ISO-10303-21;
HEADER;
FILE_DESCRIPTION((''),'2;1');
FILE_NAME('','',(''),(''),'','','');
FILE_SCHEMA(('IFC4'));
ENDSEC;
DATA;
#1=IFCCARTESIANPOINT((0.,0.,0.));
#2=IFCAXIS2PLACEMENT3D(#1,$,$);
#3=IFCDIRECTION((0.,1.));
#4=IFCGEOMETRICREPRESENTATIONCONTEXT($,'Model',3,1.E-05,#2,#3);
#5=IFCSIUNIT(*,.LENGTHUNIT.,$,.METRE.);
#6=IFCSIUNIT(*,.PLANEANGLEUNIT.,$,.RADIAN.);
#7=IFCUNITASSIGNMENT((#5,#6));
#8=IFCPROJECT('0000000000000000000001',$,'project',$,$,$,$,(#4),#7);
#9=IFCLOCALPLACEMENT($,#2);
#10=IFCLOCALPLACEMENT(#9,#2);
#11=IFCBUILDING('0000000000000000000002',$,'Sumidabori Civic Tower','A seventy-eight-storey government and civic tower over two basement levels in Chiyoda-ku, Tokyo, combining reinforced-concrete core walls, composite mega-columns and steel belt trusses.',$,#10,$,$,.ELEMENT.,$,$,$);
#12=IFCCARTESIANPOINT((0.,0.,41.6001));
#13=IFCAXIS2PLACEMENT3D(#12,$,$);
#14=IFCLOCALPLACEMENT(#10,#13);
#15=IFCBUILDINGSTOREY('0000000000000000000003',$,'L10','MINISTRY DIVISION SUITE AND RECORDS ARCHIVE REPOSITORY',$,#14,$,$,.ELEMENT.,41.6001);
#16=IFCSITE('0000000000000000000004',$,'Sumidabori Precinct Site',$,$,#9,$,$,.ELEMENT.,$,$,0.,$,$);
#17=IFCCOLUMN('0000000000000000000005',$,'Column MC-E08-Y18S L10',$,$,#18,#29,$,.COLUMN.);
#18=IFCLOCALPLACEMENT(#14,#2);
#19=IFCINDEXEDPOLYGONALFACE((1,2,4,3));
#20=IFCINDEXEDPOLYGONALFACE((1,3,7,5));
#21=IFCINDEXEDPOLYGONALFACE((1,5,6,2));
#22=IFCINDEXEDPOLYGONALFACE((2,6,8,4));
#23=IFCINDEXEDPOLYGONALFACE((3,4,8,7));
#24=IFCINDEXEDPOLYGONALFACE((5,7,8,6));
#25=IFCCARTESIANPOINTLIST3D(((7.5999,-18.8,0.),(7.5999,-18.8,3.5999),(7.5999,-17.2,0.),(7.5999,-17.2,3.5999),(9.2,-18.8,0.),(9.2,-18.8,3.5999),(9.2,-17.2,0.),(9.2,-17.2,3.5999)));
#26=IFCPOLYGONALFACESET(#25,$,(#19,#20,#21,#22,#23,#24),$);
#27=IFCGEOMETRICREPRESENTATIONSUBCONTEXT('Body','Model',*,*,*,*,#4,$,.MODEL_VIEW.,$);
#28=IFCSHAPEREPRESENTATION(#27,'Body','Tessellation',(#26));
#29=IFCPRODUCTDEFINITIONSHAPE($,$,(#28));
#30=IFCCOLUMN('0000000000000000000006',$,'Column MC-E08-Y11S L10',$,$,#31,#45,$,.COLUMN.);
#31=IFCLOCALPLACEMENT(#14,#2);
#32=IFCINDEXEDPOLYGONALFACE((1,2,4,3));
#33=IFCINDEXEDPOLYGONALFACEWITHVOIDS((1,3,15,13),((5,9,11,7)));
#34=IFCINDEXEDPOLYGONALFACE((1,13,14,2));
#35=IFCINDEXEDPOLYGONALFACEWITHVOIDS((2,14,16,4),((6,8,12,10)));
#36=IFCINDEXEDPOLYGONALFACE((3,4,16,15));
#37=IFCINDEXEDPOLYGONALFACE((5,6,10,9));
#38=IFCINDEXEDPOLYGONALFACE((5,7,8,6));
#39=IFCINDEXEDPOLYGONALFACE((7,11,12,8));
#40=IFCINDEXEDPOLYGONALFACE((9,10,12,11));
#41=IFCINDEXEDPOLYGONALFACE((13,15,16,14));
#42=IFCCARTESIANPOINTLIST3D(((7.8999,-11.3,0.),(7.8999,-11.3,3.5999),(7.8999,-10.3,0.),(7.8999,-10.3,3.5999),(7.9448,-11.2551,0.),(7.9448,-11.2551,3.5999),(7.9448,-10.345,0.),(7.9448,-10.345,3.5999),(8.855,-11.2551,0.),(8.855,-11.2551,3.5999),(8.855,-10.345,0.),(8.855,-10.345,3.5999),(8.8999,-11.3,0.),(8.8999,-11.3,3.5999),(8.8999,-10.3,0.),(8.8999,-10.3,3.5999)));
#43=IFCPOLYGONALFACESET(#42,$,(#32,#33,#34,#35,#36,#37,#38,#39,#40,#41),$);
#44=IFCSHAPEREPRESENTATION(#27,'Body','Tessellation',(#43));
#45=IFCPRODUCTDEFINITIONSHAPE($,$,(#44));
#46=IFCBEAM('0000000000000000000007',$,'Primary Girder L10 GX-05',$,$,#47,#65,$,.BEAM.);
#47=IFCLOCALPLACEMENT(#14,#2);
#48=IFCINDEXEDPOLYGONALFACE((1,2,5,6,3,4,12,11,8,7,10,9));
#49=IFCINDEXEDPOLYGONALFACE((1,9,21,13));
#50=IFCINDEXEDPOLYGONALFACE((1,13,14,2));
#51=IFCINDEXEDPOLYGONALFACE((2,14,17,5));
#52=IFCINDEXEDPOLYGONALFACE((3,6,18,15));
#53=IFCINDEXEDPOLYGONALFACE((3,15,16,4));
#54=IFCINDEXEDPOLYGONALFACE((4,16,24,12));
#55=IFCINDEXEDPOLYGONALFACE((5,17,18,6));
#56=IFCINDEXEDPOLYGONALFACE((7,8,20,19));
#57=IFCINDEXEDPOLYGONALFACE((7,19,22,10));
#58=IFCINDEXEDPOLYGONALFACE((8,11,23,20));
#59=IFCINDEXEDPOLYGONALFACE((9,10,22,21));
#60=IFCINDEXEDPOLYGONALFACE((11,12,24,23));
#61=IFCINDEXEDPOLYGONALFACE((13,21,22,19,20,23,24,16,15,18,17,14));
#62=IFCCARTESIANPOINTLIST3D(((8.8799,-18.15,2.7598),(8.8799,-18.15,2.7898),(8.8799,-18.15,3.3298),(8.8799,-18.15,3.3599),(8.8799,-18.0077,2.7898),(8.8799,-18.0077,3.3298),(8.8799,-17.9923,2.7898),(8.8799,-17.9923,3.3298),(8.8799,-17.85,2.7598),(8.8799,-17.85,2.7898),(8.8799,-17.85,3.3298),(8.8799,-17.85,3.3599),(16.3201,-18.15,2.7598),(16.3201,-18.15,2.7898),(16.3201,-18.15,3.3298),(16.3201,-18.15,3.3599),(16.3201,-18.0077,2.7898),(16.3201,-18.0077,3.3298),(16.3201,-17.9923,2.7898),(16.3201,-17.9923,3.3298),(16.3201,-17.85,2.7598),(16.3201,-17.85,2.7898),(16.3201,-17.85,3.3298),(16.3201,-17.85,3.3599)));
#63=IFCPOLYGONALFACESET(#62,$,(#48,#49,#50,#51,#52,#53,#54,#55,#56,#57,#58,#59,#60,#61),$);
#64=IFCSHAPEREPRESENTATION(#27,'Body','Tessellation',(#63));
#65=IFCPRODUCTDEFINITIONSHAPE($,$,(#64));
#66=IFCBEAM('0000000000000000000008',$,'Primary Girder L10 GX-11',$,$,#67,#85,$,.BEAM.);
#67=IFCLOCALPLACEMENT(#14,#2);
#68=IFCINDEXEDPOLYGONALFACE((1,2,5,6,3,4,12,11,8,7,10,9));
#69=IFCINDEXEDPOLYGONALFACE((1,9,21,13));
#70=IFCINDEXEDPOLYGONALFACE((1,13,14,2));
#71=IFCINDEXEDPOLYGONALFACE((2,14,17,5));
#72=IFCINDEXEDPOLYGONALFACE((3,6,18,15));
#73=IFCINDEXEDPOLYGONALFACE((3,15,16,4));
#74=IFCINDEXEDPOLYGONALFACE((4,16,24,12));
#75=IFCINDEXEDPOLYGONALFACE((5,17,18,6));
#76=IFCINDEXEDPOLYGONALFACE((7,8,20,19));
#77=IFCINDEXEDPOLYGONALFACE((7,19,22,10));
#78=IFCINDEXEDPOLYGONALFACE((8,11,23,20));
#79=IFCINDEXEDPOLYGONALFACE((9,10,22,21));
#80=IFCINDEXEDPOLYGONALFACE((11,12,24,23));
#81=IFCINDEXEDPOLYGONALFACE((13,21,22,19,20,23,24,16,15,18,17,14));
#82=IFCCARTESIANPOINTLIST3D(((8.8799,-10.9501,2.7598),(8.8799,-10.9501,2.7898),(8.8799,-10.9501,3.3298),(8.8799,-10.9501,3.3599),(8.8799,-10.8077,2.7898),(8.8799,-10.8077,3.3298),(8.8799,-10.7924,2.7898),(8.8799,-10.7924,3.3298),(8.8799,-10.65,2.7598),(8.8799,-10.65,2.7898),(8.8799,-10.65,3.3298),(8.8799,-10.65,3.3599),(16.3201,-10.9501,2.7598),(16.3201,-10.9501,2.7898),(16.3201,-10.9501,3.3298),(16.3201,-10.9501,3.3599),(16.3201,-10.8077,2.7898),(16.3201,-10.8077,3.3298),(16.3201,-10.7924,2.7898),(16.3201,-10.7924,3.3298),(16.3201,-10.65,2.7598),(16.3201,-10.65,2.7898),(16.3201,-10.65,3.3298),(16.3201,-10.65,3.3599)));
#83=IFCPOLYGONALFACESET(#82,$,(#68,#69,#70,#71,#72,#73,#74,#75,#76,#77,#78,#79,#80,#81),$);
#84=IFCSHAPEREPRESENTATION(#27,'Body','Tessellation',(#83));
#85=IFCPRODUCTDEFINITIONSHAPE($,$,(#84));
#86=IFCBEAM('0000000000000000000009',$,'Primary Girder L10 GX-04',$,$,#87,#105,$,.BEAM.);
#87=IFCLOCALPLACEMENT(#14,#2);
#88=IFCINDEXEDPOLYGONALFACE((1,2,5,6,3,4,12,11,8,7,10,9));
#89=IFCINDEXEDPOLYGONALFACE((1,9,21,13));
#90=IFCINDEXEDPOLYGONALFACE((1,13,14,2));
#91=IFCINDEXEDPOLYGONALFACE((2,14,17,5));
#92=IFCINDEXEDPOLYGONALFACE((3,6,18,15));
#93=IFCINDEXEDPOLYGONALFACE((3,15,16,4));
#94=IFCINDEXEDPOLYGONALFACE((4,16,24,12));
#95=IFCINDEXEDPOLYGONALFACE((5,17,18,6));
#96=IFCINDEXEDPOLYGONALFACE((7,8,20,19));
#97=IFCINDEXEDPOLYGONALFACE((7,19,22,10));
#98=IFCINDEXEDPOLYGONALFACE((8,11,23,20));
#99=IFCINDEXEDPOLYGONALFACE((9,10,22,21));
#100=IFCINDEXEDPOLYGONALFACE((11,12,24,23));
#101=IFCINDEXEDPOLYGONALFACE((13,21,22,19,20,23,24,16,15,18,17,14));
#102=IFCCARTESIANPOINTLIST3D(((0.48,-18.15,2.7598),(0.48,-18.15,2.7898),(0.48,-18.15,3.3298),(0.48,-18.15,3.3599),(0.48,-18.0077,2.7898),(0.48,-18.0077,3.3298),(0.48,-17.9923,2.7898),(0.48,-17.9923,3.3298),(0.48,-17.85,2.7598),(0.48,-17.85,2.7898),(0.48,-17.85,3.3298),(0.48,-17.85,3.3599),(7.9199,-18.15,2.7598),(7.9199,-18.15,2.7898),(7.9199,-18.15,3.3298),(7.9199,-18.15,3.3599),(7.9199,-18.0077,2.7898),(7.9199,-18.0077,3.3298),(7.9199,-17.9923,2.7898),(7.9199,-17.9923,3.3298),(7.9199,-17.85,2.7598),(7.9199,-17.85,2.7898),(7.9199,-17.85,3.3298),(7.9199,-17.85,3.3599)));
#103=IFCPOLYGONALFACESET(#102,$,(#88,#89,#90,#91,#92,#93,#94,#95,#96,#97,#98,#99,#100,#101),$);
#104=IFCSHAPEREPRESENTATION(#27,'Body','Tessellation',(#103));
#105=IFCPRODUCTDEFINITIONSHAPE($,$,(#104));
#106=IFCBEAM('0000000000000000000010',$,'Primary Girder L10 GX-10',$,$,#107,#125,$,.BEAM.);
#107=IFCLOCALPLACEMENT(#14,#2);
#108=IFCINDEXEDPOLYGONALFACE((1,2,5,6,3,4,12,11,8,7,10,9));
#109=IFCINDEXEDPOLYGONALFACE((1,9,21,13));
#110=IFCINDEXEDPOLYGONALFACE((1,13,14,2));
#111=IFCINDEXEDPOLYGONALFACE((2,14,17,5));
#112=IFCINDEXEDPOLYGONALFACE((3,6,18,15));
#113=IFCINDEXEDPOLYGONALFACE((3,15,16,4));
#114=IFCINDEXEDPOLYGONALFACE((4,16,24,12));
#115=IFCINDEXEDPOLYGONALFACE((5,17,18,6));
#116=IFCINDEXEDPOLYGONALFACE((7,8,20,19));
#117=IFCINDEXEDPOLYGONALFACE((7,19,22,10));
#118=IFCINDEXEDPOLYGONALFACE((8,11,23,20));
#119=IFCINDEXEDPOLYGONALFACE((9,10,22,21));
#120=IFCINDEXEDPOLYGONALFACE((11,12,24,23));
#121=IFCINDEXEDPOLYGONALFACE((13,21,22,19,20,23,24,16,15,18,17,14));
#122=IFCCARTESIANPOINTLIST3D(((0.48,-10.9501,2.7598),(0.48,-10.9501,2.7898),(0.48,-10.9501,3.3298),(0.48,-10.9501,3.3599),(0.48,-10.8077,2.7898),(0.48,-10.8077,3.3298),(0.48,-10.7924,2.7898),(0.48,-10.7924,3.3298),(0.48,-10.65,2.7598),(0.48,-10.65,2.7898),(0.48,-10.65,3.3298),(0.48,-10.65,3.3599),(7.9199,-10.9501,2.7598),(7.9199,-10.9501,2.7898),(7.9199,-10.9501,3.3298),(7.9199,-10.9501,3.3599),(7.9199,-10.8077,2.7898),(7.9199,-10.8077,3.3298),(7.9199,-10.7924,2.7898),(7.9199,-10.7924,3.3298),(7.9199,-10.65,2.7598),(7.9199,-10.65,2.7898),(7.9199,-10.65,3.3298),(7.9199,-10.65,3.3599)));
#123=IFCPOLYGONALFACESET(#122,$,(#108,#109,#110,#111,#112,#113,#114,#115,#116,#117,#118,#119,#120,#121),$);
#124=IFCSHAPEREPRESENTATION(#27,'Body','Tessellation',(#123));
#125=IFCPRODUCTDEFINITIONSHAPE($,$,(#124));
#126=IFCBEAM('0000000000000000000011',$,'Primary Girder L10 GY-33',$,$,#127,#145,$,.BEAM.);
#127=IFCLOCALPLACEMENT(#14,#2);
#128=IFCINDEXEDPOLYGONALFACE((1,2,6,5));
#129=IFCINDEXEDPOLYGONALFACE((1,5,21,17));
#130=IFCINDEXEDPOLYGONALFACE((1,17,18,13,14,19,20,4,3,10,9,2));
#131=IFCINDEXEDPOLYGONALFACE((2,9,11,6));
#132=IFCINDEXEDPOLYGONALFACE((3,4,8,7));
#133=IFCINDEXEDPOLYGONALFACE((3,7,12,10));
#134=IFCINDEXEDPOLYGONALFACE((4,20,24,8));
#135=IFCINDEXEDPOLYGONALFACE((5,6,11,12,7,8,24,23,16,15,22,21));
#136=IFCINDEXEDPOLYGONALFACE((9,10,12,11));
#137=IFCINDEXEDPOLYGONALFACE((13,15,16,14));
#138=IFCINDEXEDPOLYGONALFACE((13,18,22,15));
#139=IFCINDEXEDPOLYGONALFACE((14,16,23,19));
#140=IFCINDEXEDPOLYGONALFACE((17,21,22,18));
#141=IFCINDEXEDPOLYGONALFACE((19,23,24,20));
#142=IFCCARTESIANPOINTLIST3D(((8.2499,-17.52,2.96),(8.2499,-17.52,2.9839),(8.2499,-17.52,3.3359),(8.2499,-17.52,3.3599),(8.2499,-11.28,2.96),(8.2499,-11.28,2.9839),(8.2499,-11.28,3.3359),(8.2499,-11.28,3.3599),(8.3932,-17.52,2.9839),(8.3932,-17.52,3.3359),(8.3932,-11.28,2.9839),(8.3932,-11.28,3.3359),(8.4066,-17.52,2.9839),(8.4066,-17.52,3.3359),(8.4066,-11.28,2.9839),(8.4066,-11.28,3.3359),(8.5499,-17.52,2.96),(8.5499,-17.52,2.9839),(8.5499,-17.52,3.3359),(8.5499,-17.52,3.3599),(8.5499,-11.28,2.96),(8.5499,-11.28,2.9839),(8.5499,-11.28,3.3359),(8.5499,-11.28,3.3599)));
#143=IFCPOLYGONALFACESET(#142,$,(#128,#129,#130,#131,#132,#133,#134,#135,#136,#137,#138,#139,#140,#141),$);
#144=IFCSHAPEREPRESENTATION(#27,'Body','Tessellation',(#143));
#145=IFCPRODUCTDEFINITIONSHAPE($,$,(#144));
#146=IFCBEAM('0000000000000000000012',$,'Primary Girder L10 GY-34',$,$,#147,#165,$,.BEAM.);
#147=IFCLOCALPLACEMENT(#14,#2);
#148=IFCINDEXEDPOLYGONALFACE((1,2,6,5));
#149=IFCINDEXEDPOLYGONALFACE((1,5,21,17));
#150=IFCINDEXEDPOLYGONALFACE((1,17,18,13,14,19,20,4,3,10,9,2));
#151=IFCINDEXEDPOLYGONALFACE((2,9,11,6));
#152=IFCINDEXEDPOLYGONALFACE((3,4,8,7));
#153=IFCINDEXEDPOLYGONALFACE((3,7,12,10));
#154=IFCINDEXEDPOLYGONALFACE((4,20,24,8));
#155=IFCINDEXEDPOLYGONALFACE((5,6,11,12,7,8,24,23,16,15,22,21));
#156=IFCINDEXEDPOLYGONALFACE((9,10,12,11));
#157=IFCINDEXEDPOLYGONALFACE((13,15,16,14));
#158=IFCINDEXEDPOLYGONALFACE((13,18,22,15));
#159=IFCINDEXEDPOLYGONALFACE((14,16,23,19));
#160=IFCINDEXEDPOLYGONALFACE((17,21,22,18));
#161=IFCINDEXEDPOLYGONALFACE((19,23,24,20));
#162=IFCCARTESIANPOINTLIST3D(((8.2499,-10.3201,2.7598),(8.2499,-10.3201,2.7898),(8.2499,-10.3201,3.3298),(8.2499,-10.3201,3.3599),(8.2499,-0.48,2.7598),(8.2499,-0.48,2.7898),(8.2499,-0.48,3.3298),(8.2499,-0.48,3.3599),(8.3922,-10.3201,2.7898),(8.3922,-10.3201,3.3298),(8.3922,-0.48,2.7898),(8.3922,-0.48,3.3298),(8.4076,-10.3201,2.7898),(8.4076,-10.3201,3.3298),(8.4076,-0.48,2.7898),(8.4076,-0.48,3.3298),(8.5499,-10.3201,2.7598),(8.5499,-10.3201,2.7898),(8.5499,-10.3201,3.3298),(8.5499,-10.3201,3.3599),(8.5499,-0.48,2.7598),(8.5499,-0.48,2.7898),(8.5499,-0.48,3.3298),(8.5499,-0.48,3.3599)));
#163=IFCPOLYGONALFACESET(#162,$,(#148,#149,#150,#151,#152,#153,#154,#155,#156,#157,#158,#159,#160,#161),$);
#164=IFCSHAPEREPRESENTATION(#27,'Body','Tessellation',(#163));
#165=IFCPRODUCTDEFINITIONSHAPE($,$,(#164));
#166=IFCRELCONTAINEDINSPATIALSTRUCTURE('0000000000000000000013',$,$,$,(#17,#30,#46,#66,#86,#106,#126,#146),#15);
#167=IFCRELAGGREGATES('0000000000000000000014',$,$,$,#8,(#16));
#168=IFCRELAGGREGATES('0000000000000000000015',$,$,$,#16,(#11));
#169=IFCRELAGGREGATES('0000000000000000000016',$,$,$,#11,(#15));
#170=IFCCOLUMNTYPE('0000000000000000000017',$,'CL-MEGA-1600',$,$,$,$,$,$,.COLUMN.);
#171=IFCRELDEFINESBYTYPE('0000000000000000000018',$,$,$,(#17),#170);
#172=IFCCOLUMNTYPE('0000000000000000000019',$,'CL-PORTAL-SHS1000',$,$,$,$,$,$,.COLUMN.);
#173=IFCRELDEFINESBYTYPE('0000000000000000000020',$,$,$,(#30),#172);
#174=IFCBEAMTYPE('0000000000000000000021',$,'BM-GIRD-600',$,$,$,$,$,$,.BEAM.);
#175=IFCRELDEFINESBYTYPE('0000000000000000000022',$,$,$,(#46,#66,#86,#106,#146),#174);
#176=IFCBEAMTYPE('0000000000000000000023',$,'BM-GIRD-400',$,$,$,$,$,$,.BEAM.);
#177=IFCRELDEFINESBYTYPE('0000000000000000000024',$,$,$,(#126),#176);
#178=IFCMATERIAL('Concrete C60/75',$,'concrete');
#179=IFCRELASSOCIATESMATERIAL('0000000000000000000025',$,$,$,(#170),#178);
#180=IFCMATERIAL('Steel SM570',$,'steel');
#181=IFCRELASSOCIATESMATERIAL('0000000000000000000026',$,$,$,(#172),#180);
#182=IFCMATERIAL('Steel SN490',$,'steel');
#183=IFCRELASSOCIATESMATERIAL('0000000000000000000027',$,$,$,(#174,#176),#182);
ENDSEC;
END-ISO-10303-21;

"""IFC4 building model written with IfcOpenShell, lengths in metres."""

from ifc_helpers import new_model, si_unit, direction, frame, origin, origin_2d, place, context, subcontext, project, spatial, rectangle, hollow_rectangle, i_section, extrude, source, transform, mapped, material, material_profile, profile_set, type_object, element, save


model = new_model("IFC4")

# Units and contexts
model_context = context("Model", 3, precision=1e-05, world=origin(), true_north=direction((0.0, 1.0)))
body_context = subcontext(model_context, "Body", "Model", "MODEL_VIEW")
ifc_project = project(units=[si_unit("LENGTHUNIT", "METRE"), si_unit("PLANEANGLEUNIT", "RADIAN")], contexts=[model_context])

# Site, building, storey
site_placement = place(None, origin())
site = spatial("IfcSite", under=ifc_project, at=site_placement, Name="Sumidabori Precinct Site", CompositionType="ELEMENT", RefElevation=0.0)
building_placement = place(site_placement, origin())
building = spatial("IfcBuilding", under=site, at=building_placement, Name="Sumidabori Civic Tower", Description="A seventy-eight-storey government and civic tower over two basement levels in Chiyoda-ku, Tokyo, combining reinforced-concrete core walls, composite mega-columns and steel belt trusses.", CompositionType="ELEMENT")
storey_placement = place(building_placement, frame((0.0, 0.0, 41.6001)))
storey = spatial("IfcBuildingStorey", under=building, at=storey_placement, Name="L10", Description="MINISTRY DIVISION SUITE AND RECORDS ARCHIVE REPOSITORY", CompositionType="ELEMENT", Elevation=41.6001)

# Columns
ifc_material_1 = material(Name="Concrete C60/75", Category="concrete")
ifc_material_profile_1 = material_profile(ifc_material_1, rectangle(XDim=1.6001, YDim=1.6001, at=origin_2d()), Name="RC 1600x1600")
ifc_profile_set_1 = profile_set([ifc_material_profile_1], Name="Concrete C60/75")
column_type_1 = type_object("IfcColumnType", Name="CL-MEGA-1600", PredefinedType="COLUMN", material=ifc_profile_set_1)
shared_shape_1 = source(origin(), body_context, "Body", "SweptSolid", [
    extrude(rectangle(XDim=1.6001, YDim=1.6001, at=origin_2d()), origin(), (0.0, 0.0, 1.0), 3.5999),
])
column_1_placement = place(storey_placement, frame((8.3999, -18.0, 0.0), z_axis=(0.0, 0.0, 1.0), x_axis=(1.0, 0.0, 0.0)))
element("IfcColumn", 1, at=column_1_placement, inside=storey, type_object=column_type_1, Name="Column MC-E08-Y18S L10", PredefinedType="COLUMN", context=body_context, shape_type="MappedRepresentation", body=[
    mapped(shared_shape_1, transform((0.0, 0.0, 0.0), x_axis=(1.0, 0.0, 0.0), y_axis=(0.0, 1.0, 0.0), z_axis=(0.0, 0.0, 1.0), scale=1.0)),
])
ifc_material_2 = material(Name="Steel SM570", Category="steel")
ifc_material_profile_2 = material_profile(ifc_material_2, hollow_rectangle(XDim=1.0, YDim=1.0, WallThickness=0.0449, at=origin_2d()), Name="SHS 1000x1000x45")
ifc_profile_set_2 = profile_set([ifc_material_profile_2], Name="Steel SM570")
column_type_2 = type_object("IfcColumnType", Name="CL-PORTAL-SHS1000", PredefinedType="COLUMN", material=ifc_profile_set_2)
shared_shape_2 = source(origin(), body_context, "Body", "SweptSolid", [
    extrude(hollow_rectangle(XDim=1.0, YDim=1.0, WallThickness=0.0449, at=origin_2d()), origin(), (0.0, 0.0, 1.0), 3.5999),
])
column_2_placement = place(storey_placement, frame((8.3999, -10.8, 0.0), z_axis=(0.0, 0.0, 1.0), x_axis=(1.0, 0.0, 0.0)))
element("IfcColumn", 2, at=column_2_placement, inside=storey, type_object=column_type_2, Name="Column MC-E08-Y11S L10", PredefinedType="COLUMN", context=body_context, shape_type="MappedRepresentation", body=[
    mapped(shared_shape_2, transform((0.0, 0.0, 0.0), x_axis=(1.0, 0.0, 0.0), y_axis=(0.0, 1.0, 0.0), z_axis=(0.0, 0.0, 1.0), scale=1.0)),
])

# Beams
ifc_material_3 = material(Name="Steel SN490", Category="steel")
ifc_material_profile_3 = material_profile(ifc_material_3, i_section(OverallWidth=0.3, OverallDepth=0.6001, WebThickness=0.0154, FlangeThickness=0.03, at=origin_2d()), Name="HE 600 B")
ifc_profile_set_3 = profile_set([ifc_material_profile_3], Name="Steel SN490")
beam_type_1 = type_object("IfcBeamType", Name="BM-GIRD-600", PredefinedType="BEAM", material=ifc_profile_set_3)
shared_shape_3 = source(origin(), body_context, "Body", "SweptSolid", [
    extrude(i_section(OverallWidth=0.3, OverallDepth=0.6001, WebThickness=0.0154, FlangeThickness=0.03, at=origin_2d()), origin(), (0.0, 0.0, 1.0), 7.4402),
])
for number, where, z_axis, x_axis, name in (
    (3, (8.8799, -18.0, 3.0598), (1.0, 0.0, 0.0), (0.0, 1.0, 0.0), "Primary Girder L10 GX-05"),
    (4, (8.8799, -10.8, 3.0598), (1.0, 0.0, 0.0), (0.0, 1.0, 0.0), "Primary Girder L10 GX-11"),
):
    element("IfcBeam", number, at=place(storey_placement, frame(where, z_axis=z_axis, x_axis=x_axis)), inside=storey, type_object=beam_type_1, Name=name, PredefinedType="BEAM", context=body_context, shape_type="MappedRepresentation", body=[
        mapped(shared_shape_3, transform((0.0, 0.0, 0.0), x_axis=(1.0, 0.0, 0.0), y_axis=(0.0, 1.0, 0.0), z_axis=(0.0, 0.0, 1.0), scale=1.0)),
    ])
shared_shape_4 = source(origin(), body_context, "Body", "SweptSolid", [
    extrude(i_section(OverallWidth=0.3, OverallDepth=0.6001, WebThickness=0.0154, FlangeThickness=0.03, at=origin_2d()), origin(), (0.0, 0.0, 1.0), 7.4399),
])
for number, where, z_axis, x_axis, name in (
    (5, (0.48, -18.0, 3.0598), (1.0, 0.0, 0.0), (0.0, 1.0, 0.0), "Primary Girder L10 GX-04"),
    (6, (0.48, -10.8, 3.0598), (1.0, 0.0, 0.0), (0.0, 1.0, 0.0), "Primary Girder L10 GX-10"),
):
    element("IfcBeam", number, at=place(storey_placement, frame(where, z_axis=z_axis, x_axis=x_axis)), inside=storey, type_object=beam_type_1, Name=name, PredefinedType="BEAM", context=body_context, shape_type="MappedRepresentation", body=[
        mapped(shared_shape_4, transform((0.0, 0.0, 0.0), x_axis=(1.0, 0.0, 0.0), y_axis=(0.0, 1.0, 0.0), z_axis=(0.0, 0.0, 1.0), scale=1.0)),
    ])
ifc_material_profile_4 = material_profile(ifc_material_3, i_section(OverallWidth=0.3, OverallDepth=0.3999, WebThickness=0.0134, FlangeThickness=0.0239, at=origin_2d()), Name="HE 400 B")
ifc_profile_set_4 = profile_set([ifc_material_profile_4], Name="Steel SN490")
beam_type_2 = type_object("IfcBeamType", Name="BM-GIRD-400", PredefinedType="BEAM", material=ifc_profile_set_4)
shared_shape_5 = source(origin(), body_context, "Body", "SweptSolid", [
    extrude(i_section(OverallWidth=0.3, OverallDepth=0.3999, WebThickness=0.0134, FlangeThickness=0.0239, at=origin_2d()), origin(), (0.0, 0.0, 1.0), 6.24),
])
beam_1_placement = place(storey_placement, frame((8.3999, -17.52, 3.1599), z_axis=(0.0, 1.0, 0.0), x_axis=(-1.0, 0.0, 0.0)))
element("IfcBeam", 7, at=beam_1_placement, inside=storey, type_object=beam_type_2, Name="Primary Girder L10 GY-33", PredefinedType="BEAM", context=body_context, shape_type="MappedRepresentation", body=[
    mapped(shared_shape_5, transform((0.0, 0.0, 0.0), x_axis=(1.0, 0.0, 0.0), y_axis=(0.0, 1.0, 0.0), z_axis=(0.0, 0.0, 1.0), scale=1.0)),
])
shared_shape_6 = source(origin(), body_context, "Body", "SweptSolid", [
    extrude(i_section(OverallWidth=0.3, OverallDepth=0.6001, WebThickness=0.0154, FlangeThickness=0.03, at=origin_2d()), origin(), (0.0, 0.0, 1.0), 9.8401),
])
beam_2_placement = place(storey_placement, frame((8.3999, -10.3201, 3.0598), z_axis=(0.0, 1.0, 0.0), x_axis=(-1.0, 0.0, 0.0)))
element("IfcBeam", 8, at=beam_2_placement, inside=storey, type_object=beam_type_1, Name="Primary Girder L10 GY-34", PredefinedType="BEAM", context=body_context, shape_type="MappedRepresentation", body=[
    mapped(shared_shape_6, transform((0.0, 0.0, 0.0), x_axis=(1.0, 0.0, 0.0), y_axis=(0.0, 1.0, 0.0), z_axis=(0.0, 0.0, 1.0), scale=1.0)),
])

save(model, "model.ifc")
